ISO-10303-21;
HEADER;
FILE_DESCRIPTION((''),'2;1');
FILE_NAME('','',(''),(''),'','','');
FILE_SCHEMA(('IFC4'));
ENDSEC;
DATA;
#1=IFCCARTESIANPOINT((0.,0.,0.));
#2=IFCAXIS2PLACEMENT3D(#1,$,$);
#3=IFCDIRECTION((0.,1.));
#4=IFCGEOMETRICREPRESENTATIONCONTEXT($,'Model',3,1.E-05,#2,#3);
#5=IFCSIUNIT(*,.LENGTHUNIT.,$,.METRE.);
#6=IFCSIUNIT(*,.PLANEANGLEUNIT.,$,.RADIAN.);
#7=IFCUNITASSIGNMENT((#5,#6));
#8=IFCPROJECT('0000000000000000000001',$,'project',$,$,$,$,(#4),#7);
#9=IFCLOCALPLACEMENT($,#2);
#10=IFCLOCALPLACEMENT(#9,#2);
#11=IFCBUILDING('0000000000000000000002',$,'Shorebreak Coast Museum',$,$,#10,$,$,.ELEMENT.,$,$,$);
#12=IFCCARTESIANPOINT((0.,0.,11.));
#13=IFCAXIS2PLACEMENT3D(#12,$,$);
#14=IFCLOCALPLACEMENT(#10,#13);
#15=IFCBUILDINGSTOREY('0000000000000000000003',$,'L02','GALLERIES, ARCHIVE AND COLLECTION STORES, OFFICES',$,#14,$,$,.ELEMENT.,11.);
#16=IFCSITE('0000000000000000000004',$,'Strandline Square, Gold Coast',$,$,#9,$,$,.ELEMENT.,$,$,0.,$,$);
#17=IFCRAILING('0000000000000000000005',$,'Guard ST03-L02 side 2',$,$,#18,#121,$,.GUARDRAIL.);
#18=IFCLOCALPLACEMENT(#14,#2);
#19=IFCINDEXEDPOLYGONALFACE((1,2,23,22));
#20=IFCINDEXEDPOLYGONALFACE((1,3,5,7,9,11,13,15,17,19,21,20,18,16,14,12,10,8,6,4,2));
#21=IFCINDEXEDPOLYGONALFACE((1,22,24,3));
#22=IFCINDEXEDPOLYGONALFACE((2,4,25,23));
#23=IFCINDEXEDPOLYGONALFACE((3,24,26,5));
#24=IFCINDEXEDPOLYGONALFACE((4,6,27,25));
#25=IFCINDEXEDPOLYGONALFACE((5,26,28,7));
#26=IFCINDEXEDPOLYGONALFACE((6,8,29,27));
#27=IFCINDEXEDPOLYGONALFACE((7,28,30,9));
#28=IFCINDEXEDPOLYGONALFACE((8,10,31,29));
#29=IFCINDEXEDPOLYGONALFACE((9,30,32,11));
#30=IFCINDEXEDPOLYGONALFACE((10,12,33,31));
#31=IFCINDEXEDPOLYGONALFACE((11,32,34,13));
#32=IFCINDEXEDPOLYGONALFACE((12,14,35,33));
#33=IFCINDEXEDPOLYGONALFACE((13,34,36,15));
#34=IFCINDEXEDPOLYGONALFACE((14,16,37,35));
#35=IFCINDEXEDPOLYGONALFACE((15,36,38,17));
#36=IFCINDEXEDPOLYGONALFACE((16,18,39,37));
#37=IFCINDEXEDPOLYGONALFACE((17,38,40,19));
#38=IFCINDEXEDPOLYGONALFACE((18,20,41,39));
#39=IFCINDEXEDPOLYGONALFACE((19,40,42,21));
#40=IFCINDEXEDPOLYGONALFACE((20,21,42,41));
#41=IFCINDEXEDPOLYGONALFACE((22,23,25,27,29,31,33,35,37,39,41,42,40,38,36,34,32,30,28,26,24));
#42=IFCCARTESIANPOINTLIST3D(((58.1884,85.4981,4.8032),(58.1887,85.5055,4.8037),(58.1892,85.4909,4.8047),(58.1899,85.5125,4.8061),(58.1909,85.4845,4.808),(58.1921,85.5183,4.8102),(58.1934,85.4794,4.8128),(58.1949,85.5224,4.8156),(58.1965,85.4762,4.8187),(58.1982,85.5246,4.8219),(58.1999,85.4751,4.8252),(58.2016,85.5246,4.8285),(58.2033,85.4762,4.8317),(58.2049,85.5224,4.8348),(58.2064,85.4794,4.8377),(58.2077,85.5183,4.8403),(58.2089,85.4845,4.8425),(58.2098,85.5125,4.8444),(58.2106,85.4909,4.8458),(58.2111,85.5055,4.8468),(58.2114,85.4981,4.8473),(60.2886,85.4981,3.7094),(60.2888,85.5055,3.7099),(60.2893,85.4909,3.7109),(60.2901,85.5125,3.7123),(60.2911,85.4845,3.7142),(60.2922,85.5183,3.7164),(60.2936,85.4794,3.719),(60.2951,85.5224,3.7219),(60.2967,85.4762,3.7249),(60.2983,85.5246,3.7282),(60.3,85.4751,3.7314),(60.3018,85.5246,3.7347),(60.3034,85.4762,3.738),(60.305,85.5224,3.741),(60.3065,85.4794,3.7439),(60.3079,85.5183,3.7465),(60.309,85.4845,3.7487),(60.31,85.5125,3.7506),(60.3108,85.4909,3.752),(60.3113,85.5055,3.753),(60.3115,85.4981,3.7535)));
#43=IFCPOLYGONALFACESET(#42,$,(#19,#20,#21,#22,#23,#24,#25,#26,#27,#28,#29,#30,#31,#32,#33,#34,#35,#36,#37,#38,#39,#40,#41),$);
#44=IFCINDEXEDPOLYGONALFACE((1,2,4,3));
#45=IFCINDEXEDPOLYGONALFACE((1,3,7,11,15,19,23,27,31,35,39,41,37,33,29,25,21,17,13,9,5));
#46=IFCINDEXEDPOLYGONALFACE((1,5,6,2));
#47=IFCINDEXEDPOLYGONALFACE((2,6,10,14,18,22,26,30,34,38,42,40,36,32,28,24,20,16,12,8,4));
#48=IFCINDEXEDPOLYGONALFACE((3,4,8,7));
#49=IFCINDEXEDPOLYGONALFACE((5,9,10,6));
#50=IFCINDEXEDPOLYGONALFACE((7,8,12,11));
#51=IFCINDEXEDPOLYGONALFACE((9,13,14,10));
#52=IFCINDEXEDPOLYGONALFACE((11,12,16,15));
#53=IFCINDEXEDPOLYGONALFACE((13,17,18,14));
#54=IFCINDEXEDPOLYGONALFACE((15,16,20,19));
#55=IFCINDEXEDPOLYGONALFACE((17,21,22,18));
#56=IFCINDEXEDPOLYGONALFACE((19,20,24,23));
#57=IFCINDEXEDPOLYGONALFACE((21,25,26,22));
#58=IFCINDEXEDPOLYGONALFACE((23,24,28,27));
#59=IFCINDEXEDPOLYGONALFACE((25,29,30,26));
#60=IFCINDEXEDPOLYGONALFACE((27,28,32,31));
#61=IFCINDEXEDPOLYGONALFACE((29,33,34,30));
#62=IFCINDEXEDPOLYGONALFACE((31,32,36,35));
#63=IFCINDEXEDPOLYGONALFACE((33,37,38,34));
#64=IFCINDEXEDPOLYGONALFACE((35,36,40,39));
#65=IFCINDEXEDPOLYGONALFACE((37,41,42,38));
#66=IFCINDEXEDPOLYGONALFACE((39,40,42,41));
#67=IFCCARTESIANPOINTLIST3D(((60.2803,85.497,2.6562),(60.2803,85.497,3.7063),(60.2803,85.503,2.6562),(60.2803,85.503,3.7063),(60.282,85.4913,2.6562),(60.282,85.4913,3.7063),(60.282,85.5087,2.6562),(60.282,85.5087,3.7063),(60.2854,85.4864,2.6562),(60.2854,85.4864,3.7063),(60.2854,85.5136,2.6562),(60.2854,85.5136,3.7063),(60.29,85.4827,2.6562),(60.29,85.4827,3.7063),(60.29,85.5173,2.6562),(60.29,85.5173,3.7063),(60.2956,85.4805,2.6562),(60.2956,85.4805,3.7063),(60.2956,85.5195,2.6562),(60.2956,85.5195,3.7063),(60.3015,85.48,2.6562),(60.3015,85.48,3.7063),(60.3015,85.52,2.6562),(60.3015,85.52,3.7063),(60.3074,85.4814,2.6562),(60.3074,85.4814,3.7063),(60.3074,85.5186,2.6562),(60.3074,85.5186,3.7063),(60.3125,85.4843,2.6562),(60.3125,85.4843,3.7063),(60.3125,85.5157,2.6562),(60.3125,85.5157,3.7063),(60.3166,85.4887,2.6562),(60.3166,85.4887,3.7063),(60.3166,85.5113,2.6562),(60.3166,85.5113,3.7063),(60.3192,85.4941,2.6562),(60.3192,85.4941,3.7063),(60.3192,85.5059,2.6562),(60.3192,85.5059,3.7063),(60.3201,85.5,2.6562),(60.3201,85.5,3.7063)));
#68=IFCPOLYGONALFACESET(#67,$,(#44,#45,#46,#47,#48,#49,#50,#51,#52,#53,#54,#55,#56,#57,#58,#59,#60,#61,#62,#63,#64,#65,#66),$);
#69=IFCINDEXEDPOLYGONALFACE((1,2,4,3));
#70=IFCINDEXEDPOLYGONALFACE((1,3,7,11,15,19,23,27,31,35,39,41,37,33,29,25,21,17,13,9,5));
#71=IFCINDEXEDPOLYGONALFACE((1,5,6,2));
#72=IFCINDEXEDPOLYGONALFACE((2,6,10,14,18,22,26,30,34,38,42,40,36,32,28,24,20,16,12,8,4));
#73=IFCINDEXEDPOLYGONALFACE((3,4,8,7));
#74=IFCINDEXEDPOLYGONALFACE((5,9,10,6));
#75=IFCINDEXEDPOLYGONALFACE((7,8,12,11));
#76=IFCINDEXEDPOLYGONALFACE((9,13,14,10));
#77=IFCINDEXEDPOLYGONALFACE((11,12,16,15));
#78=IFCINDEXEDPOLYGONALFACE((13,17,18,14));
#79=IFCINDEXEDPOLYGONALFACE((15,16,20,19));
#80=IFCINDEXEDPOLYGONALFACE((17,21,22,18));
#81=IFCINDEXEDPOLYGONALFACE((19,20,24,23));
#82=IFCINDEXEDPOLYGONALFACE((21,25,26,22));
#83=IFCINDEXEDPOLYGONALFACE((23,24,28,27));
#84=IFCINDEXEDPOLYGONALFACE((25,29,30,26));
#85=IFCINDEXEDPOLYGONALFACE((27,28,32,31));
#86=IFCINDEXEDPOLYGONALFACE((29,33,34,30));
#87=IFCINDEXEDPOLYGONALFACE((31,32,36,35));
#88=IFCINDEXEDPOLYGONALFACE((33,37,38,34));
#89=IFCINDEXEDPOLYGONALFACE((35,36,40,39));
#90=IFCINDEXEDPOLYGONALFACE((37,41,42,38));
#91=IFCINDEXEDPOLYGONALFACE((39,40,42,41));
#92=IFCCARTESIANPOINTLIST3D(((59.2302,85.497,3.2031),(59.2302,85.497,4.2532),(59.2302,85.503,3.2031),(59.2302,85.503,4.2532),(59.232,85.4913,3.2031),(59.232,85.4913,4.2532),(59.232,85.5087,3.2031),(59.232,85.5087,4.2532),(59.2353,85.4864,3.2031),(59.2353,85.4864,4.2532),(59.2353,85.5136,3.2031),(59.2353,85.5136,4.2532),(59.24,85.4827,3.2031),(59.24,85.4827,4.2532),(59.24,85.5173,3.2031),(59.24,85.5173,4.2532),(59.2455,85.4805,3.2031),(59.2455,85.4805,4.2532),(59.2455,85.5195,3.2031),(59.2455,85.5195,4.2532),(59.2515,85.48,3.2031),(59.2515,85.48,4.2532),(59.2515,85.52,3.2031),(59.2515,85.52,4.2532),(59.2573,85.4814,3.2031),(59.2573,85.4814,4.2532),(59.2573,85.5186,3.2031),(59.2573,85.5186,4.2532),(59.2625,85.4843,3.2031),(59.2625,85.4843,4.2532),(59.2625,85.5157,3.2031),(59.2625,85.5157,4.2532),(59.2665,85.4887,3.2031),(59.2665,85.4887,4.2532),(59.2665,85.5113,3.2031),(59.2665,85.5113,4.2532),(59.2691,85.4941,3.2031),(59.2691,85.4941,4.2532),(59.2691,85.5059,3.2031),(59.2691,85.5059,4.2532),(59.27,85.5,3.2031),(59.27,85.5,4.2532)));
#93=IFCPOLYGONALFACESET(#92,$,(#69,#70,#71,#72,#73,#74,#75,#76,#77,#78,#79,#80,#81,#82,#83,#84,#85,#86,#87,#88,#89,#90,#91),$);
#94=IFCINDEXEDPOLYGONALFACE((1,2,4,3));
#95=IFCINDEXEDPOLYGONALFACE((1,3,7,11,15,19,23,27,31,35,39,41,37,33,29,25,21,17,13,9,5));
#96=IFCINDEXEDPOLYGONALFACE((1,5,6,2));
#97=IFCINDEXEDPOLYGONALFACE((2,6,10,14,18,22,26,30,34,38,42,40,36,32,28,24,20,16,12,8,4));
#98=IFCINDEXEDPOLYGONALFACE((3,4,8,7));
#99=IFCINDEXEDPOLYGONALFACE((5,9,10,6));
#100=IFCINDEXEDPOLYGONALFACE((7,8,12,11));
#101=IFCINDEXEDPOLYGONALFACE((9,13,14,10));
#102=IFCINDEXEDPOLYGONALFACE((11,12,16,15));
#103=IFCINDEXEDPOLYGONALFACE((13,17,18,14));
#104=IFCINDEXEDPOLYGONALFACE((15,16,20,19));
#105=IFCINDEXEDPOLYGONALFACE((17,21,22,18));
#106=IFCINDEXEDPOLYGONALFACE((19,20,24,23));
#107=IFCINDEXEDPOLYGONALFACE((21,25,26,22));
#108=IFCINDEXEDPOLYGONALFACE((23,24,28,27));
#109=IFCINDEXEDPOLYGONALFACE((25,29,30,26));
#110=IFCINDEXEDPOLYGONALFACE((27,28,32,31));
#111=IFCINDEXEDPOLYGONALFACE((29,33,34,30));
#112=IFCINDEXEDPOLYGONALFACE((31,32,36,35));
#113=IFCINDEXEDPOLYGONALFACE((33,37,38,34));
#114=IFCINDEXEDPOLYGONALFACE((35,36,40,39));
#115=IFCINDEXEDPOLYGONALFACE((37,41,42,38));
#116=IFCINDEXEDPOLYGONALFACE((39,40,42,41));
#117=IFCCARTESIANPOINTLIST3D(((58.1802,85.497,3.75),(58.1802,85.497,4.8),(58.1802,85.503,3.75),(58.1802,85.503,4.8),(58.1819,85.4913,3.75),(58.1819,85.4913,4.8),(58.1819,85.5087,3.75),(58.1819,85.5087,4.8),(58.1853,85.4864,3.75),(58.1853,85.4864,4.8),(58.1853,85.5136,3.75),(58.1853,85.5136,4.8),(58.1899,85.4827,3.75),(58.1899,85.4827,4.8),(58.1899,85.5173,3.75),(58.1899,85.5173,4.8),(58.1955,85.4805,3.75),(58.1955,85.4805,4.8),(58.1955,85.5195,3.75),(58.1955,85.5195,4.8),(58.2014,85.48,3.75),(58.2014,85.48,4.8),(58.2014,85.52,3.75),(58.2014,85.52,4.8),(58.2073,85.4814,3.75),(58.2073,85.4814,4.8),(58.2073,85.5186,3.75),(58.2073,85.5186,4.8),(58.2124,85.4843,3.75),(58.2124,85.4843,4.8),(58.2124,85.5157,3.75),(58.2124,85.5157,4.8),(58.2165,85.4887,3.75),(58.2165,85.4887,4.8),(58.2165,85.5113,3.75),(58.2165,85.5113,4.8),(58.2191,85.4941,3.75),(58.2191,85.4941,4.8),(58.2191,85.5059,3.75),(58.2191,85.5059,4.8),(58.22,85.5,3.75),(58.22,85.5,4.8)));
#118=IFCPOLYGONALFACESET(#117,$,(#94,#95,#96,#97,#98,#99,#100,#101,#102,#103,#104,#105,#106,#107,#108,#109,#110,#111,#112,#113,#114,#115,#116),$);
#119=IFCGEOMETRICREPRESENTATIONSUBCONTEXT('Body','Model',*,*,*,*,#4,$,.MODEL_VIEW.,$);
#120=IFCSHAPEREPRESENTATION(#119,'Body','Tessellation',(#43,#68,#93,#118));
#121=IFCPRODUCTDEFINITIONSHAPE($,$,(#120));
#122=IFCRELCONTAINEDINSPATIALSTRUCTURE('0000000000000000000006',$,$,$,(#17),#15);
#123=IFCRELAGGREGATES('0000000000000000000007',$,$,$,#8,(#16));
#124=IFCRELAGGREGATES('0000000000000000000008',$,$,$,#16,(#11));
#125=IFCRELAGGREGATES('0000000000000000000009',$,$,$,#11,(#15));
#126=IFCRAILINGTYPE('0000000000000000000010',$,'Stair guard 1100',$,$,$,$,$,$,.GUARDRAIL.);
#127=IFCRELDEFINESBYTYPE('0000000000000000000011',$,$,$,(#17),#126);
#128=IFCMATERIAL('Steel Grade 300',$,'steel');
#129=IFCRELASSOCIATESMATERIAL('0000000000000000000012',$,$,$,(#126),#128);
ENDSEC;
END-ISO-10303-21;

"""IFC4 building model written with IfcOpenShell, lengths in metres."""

from ifc_helpers import new_model, si_unit, direction, frame, origin, origin_2d, place, context, subcontext, project, spatial, circle, extrude, material, type_object, element, save


model = new_model("IFC4")

# Units and contexts
model_context = context("Model", 3, precision=1e-05, world=origin(), true_north=direction((0.0, 1.0)))
body_context = subcontext(model_context, "Body", "Model", "MODEL_VIEW")
ifc_project = project(units=[si_unit("LENGTHUNIT", "METRE"), si_unit("PLANEANGLEUNIT", "RADIAN")], contexts=[model_context])

# Site, building, storey
site_placement = place(None, origin())
site = spatial("IfcSite", under=ifc_project, at=site_placement, Name="Strandline Square, Gold Coast", CompositionType="ELEMENT", RefElevation=0.0)
building_placement = place(site_placement, origin())
building = spatial("IfcBuilding", under=site, at=building_placement, Name="Shorebreak Coast Museum", CompositionType="ELEMENT")
storey_placement = place(building_placement, frame((0.0, 0.0, 11.0)))
storey = spatial("IfcBuildingStorey", under=building, at=storey_placement, Name="L02", Description="GALLERIES, ARCHIVE AND COLLECTION STORES, OFFICES", CompositionType="ELEMENT", Elevation=11.0)

# Railing
ifc_material_1 = material(Name="Steel Grade 300", Category="steel")
railing_type_1 = type_object("IfcRailingType", Name="Stair guard 1100", PredefinedType="GUARDRAIL", material=ifc_material_1)
railing_1_placement = place(storey_placement, frame((60.3, 85.5, 2.6562)))
element("IfcRailing", 1, at=railing_1_placement, inside=storey, type_object=railing_type_1, Name="Guard ST03-L02 side 2", PredefinedType="GUARDRAIL", context=body_context, shape_type="SweptSolid", body=[
    extrude(circle(Radius=0.0249, at=origin_2d()), frame((0.0, 0.0, 1.0752), z_axis=(-0.886923, 0.0, 0.461918), x_axis=(0.0, -1.0, 0.0)), (0.0, 0.0, 1.0), 2.3679),
    extrude(circle(Radius=0.02, at=origin_2d()), origin(), (0.0, 0.0, 1.0), 1.05),
    extrude(circle(Radius=0.02, at=origin_2d()), frame((-1.05, 0.0, 0.5469)), (0.0, 0.0, 1.0), 1.05),
    extrude(circle(Radius=0.02, at=origin_2d()), frame((-2.1001, 0.0, 1.0938)), (0.0, 0.0, 1.0), 1.05),
])

save(model, "model.ifc")
